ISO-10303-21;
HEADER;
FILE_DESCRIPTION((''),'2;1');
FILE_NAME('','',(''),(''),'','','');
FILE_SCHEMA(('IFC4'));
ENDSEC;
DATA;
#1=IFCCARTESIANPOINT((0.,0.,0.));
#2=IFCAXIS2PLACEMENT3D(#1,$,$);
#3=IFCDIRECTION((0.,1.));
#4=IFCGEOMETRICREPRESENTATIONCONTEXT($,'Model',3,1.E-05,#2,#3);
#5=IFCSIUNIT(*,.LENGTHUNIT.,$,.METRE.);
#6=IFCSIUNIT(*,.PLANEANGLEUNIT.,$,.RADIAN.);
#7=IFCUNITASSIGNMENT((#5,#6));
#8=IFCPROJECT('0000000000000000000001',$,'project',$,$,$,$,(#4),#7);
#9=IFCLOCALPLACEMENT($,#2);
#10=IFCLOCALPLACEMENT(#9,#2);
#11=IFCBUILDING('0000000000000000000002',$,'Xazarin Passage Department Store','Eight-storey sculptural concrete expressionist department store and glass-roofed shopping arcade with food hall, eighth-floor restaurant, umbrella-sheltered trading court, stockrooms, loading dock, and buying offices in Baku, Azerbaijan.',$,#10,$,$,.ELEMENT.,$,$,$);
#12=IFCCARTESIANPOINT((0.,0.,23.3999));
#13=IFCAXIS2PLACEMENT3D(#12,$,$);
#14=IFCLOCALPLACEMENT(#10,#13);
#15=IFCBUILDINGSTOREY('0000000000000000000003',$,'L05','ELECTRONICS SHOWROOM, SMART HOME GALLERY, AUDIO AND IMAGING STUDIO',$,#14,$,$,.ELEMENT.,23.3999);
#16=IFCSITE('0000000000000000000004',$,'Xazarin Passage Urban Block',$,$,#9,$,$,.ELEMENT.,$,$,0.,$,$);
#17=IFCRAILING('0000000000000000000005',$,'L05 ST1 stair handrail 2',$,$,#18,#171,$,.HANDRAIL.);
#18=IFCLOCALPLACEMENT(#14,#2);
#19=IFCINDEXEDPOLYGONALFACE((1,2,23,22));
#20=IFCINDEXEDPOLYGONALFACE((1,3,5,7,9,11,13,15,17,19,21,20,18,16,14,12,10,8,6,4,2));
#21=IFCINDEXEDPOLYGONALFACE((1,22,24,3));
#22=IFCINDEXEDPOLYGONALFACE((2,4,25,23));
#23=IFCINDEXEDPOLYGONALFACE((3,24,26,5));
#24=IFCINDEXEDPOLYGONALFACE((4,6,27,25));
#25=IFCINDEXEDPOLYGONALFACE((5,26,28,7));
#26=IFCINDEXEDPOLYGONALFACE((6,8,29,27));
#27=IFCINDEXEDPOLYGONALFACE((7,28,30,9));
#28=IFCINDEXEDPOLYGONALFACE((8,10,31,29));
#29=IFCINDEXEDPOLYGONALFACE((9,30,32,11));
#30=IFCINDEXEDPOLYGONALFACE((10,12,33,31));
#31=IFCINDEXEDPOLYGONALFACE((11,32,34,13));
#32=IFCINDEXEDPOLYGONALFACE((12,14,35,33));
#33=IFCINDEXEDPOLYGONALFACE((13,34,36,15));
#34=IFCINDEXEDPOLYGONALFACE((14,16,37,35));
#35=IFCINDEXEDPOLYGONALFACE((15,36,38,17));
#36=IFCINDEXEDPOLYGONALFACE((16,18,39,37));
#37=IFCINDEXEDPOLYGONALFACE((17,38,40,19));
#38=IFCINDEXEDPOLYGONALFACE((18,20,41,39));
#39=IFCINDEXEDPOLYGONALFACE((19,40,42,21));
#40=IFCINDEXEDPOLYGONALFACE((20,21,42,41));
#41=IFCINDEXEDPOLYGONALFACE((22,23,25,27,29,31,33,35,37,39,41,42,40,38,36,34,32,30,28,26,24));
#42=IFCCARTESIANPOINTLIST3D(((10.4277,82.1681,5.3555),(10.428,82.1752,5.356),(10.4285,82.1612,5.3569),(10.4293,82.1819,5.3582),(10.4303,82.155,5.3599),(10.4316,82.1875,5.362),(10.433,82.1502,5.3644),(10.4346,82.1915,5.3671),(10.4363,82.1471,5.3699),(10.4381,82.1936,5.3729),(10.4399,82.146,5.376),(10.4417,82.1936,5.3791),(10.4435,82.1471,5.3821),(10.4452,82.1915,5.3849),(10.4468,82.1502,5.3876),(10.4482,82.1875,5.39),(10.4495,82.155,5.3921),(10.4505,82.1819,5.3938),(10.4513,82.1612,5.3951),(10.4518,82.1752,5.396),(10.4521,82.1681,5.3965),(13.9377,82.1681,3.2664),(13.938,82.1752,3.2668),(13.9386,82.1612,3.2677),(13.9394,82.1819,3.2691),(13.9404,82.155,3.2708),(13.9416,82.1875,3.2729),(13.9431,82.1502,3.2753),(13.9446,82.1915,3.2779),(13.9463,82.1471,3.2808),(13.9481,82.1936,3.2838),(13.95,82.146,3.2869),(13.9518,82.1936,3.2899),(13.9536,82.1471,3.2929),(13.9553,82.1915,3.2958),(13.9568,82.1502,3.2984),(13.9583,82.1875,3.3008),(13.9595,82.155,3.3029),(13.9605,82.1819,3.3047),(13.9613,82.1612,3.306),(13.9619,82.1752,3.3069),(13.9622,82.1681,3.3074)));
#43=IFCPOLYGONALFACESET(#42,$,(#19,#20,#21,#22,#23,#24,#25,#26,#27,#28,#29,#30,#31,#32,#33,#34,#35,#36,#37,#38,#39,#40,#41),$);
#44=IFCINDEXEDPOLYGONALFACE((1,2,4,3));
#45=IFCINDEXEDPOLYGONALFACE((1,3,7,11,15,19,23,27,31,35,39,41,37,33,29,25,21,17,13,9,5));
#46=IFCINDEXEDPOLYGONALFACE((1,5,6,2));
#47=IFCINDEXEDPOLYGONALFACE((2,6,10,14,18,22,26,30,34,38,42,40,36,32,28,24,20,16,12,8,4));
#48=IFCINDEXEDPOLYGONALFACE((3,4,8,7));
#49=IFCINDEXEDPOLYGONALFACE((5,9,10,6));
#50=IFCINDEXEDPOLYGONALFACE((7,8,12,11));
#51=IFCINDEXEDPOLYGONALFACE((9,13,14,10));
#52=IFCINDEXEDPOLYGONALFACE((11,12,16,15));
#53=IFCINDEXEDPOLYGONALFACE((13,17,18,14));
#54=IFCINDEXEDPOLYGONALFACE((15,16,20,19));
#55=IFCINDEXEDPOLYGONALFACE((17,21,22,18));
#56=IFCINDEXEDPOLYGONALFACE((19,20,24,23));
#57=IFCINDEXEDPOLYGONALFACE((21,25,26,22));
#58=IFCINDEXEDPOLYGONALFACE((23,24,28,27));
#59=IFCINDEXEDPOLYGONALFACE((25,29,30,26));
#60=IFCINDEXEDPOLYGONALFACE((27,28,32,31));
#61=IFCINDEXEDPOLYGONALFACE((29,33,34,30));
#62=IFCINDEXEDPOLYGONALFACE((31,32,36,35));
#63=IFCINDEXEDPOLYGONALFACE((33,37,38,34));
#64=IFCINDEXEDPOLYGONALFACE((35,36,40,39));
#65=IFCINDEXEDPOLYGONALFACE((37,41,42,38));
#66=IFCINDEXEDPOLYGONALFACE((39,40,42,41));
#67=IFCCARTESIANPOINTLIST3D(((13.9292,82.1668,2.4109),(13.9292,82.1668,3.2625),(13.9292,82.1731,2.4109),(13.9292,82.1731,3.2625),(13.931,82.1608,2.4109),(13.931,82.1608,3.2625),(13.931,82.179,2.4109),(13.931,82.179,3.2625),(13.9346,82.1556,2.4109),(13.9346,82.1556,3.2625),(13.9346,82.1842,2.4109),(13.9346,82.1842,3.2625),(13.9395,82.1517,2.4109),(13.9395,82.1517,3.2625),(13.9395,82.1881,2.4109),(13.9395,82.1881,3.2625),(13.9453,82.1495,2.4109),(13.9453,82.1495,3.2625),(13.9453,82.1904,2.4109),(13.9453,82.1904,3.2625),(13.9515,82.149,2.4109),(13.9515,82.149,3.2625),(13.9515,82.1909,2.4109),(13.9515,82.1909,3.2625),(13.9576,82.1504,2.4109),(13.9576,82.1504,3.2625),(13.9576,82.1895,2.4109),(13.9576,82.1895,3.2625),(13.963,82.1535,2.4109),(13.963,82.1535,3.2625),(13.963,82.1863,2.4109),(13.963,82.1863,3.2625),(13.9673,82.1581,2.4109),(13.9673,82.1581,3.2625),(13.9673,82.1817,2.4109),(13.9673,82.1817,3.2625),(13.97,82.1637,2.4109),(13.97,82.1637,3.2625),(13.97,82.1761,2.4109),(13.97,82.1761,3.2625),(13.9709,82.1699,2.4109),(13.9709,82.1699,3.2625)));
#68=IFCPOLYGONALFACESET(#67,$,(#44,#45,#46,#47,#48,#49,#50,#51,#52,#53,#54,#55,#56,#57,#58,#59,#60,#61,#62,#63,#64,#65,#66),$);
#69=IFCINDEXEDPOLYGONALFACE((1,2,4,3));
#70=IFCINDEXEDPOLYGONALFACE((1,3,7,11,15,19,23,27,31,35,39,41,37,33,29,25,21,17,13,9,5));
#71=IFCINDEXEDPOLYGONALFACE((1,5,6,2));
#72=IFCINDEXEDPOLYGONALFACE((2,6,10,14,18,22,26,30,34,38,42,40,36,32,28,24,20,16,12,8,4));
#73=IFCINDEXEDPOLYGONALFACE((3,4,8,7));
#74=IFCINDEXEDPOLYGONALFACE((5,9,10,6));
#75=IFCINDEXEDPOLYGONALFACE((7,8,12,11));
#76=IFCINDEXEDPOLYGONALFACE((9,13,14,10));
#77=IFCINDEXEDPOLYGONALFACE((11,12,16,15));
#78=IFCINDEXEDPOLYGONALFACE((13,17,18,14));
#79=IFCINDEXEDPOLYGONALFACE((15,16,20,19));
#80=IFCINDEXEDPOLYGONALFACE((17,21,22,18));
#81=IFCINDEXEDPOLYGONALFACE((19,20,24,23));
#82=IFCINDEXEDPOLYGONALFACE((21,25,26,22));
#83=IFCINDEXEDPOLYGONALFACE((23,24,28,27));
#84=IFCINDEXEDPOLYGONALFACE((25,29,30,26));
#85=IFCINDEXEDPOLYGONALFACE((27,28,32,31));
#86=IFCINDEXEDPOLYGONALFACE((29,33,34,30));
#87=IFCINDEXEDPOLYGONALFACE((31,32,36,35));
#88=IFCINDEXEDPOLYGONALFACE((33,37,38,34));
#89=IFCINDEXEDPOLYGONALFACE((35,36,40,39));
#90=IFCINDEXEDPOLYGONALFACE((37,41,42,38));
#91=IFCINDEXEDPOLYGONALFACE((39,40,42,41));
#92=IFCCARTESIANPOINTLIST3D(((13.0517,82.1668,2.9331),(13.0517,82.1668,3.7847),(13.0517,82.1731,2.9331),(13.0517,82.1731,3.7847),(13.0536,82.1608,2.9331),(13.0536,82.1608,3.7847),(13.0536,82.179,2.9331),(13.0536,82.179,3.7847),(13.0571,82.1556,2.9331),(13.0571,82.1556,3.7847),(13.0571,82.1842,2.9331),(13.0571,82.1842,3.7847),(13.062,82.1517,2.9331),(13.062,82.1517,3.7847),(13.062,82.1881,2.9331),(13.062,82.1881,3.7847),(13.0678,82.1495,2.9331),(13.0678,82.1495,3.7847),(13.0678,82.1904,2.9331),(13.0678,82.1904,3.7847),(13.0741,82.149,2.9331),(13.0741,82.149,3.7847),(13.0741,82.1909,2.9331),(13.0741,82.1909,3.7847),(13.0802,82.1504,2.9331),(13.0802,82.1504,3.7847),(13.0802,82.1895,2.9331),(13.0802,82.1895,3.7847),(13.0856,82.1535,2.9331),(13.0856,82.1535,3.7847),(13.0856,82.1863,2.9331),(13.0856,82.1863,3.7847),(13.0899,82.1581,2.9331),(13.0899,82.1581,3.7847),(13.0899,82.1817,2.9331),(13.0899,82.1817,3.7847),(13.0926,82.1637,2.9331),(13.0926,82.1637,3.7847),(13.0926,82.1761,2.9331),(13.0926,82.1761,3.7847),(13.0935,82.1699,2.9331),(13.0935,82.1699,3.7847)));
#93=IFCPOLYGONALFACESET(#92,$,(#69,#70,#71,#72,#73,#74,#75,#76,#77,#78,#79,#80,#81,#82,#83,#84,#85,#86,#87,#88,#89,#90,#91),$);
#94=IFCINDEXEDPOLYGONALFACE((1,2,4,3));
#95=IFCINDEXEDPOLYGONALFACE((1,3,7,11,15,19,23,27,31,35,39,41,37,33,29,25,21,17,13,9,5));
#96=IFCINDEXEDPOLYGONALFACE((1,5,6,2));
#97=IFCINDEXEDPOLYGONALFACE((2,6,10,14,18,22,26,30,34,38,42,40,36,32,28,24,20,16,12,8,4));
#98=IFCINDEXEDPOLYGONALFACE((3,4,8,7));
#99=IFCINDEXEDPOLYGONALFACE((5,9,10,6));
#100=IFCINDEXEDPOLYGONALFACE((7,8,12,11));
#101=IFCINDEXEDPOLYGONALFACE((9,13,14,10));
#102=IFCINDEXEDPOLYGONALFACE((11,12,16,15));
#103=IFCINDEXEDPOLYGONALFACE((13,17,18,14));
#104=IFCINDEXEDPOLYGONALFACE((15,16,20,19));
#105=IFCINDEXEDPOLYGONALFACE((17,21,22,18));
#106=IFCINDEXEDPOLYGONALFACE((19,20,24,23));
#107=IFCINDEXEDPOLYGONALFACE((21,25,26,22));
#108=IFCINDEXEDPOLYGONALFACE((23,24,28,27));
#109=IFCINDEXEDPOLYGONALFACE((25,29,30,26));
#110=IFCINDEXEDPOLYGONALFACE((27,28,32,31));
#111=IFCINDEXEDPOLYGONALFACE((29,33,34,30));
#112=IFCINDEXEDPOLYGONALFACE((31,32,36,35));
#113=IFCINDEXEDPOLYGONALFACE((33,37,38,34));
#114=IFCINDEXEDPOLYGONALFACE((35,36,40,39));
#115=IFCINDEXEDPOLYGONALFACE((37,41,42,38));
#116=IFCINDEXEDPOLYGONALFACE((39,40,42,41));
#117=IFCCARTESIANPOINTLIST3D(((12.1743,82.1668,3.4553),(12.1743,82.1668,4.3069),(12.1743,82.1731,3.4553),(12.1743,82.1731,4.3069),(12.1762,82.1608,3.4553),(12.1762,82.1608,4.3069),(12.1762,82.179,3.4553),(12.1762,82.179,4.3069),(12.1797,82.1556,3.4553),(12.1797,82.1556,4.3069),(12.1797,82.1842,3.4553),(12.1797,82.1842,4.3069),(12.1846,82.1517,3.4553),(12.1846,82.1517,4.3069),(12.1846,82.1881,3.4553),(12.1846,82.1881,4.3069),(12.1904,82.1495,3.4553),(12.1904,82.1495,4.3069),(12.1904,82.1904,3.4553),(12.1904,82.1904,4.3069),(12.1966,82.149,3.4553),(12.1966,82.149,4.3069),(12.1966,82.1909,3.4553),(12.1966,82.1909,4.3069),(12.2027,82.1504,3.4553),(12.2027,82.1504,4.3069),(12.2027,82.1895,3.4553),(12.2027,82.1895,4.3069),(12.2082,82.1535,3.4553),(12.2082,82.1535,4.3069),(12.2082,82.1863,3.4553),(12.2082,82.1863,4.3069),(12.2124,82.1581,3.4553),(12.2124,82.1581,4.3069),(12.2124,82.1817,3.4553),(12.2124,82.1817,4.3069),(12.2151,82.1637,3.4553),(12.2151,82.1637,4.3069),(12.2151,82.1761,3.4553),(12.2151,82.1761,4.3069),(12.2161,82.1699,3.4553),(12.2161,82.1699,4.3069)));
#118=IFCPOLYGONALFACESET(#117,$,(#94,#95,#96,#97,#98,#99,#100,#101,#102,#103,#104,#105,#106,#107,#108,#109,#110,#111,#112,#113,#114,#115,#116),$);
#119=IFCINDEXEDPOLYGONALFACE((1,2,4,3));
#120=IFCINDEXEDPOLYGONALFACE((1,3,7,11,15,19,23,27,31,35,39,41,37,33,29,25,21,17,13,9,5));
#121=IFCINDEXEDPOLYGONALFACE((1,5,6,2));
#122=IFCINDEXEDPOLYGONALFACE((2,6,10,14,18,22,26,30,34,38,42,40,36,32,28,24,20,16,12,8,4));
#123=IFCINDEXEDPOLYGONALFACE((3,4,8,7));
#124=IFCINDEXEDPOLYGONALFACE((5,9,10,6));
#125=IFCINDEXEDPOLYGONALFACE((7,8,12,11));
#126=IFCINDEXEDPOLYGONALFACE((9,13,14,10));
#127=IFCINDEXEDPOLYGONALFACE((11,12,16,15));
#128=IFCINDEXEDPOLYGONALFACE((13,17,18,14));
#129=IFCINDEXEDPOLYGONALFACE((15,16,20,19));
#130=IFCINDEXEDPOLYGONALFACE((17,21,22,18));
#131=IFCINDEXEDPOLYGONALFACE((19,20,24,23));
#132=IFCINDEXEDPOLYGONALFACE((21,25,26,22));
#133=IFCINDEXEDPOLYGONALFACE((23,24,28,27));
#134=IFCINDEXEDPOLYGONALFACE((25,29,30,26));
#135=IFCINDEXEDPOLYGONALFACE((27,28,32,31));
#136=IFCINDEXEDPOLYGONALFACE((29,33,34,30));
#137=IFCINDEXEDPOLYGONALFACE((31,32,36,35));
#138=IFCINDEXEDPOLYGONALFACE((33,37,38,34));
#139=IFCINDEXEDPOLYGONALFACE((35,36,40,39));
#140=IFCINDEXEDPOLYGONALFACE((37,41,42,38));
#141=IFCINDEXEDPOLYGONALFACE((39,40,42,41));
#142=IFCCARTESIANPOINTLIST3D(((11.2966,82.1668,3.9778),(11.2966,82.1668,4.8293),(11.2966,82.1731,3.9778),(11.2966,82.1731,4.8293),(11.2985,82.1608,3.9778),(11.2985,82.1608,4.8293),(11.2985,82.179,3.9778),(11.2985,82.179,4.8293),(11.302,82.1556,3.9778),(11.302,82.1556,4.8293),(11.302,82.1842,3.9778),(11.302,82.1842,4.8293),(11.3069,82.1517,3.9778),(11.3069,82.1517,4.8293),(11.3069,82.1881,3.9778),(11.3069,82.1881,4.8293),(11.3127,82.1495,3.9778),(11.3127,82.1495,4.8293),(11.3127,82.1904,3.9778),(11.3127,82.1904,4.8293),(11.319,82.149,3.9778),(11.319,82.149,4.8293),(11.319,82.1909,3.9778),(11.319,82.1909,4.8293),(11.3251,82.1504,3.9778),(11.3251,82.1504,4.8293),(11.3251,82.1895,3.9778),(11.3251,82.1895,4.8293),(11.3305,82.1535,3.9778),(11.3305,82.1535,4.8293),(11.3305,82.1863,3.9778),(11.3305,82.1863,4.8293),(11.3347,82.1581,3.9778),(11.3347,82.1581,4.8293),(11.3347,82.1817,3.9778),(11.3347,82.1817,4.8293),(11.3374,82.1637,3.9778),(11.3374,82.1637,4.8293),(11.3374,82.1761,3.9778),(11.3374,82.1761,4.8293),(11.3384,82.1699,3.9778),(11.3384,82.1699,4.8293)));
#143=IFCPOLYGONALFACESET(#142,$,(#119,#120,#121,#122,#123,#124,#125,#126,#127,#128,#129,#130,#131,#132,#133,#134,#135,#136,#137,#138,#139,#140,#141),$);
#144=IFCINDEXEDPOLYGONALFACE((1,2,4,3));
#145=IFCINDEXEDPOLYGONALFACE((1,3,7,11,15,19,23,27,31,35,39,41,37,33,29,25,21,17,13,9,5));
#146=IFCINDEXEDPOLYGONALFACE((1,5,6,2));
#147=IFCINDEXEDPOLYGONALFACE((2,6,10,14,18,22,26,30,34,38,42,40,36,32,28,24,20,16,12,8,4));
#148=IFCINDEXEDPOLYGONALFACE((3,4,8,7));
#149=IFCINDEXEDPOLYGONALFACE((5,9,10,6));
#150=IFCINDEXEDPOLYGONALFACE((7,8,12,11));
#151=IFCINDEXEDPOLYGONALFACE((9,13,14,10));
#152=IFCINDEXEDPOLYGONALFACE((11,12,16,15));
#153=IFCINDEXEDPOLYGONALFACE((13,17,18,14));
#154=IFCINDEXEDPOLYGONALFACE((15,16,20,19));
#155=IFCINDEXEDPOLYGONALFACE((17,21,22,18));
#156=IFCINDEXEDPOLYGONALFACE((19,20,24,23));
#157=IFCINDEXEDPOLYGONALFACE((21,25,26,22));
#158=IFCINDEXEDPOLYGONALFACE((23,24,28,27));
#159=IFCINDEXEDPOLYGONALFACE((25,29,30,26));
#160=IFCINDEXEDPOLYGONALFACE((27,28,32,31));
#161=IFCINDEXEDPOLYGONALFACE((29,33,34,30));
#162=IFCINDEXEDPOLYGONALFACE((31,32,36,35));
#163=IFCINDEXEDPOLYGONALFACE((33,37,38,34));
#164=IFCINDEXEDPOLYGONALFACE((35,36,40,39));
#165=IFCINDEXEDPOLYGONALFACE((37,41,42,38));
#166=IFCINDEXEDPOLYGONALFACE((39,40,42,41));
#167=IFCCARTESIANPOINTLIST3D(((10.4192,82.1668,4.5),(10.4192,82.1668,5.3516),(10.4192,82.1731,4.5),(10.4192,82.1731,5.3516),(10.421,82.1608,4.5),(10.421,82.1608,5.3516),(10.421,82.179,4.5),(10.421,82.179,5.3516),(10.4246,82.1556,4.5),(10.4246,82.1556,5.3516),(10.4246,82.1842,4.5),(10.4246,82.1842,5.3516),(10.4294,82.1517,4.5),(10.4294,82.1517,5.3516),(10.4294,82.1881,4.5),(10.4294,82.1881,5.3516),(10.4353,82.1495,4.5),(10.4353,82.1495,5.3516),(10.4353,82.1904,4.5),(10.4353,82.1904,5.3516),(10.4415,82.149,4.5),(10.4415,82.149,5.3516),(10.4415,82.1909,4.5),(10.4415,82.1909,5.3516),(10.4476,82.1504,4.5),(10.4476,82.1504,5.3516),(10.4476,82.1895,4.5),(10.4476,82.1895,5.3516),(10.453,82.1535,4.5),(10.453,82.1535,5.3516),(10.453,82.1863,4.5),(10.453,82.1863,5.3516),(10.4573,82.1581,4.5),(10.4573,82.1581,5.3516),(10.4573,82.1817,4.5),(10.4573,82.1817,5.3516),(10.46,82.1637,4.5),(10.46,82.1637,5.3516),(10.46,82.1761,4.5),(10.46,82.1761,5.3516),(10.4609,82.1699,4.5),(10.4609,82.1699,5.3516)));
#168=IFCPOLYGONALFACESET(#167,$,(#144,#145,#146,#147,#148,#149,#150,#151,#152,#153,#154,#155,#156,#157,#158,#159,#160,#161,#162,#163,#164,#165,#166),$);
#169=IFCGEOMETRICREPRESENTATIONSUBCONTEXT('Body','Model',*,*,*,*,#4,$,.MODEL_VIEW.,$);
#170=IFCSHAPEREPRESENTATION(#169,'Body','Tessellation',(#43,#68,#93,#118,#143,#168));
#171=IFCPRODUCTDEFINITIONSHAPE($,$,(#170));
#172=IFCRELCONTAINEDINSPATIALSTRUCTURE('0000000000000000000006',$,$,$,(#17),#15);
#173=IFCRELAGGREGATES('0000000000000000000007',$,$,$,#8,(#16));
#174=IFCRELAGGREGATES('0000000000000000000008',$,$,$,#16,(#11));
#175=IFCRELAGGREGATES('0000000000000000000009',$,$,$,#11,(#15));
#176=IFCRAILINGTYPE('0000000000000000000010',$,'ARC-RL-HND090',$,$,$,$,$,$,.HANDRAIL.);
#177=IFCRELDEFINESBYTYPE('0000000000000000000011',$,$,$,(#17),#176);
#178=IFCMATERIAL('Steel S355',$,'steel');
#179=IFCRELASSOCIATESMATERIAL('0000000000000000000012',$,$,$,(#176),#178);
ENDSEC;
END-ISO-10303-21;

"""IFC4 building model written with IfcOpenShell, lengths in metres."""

from ifc_helpers import new_model, si_unit, direction, frame, origin, origin_2d, place, context, subcontext, project, spatial, circle, extrude, material, type_object, element, save


model = new_model("IFC4")

# Units and contexts
model_context = context("Model", 3, precision=1e-05, world=origin(), true_north=direction((0.0, 1.0)))
body_context = subcontext(model_context, "Body", "Model", "MODEL_VIEW")
ifc_project = project(units=[si_unit("LENGTHUNIT", "METRE"), si_unit("PLANEANGLEUNIT", "RADIAN")], contexts=[model_context])

# Site, building, storey
site_placement = place(None, origin())
site = spatial("IfcSite", under=ifc_project, at=site_placement, Name="Xazarin Passage Urban Block", CompositionType="ELEMENT", RefElevation=0.0)
building_placement = place(site_placement, origin())
building = spatial("IfcBuilding", under=site, at=building_placement, Name="Xazarin Passage Department Store", Description="Eight-storey sculptural concrete expressionist department store and glass-roofed shopping arcade with food hall, eighth-floor restaurant, umbrella-sheltered trading court, stockrooms, loading dock, and buying offices in Baku, Azerbaijan.", CompositionType="ELEMENT")
storey_placement = place(building_placement, frame((0.0, 0.0, 23.3999)))
storey = spatial("IfcBuildingStorey", under=building, at=storey_placement, Name="L05", Description="ELECTRONICS SHOWROOM, SMART HOME GALLERY, AUDIO AND IMAGING STUDIO", CompositionType="ELEMENT", Elevation=23.3999)

# Railing
ifc_material_1 = material(Name="Steel S355", Category="steel")
railing_type_1 = type_object("IfcRailingType", Name="ARC-RL-HND090", PredefinedType="HANDRAIL", material=ifc_material_1)
railing_1_placement = place(storey_placement, frame((13.95, 82.1699, 2.4109)))
element("IfcRailing", 1, at=railing_1_placement, inside=storey, type_object=railing_type_1, Name="L05 ST1 stair handrail 2", PredefinedType="HANDRAIL", context=body_context, shape_type="SweptSolid", body=[
    extrude(circle(Radius=0.0239, at=origin_2d()), frame((0.0, 0.0, 0.876), z_axis=(-0.859312, 0.0, 0.511451), x_axis=(0.0, -1.0, 0.0)), (0.0, 0.0, 1.0), 4.0847),
    extrude(circle(Radius=0.021, at=origin_2d()), origin(), (0.0, 0.0, 1.0), 0.8516),
    extrude(circle(Radius=0.021, at=origin_2d()), frame((-0.8774, 0.0, 0.5222)), (0.0, 0.0, 1.0), 0.8516),
    extrude(circle(Radius=0.021, at=origin_2d()), frame((-1.7549, 0.0, 1.0444)), (0.0, 0.0, 1.0), 0.8516),
    extrude(circle(Radius=0.021, at=origin_2d()), frame((-2.6326, 0.0, 1.5669)), (0.0, 0.0, 1.0), 0.8516),
    extrude(circle(Radius=0.021, at=origin_2d()), frame((-3.51, 0.0, 2.0891)), (0.0, 0.0, 1.0), 0.8516),
])

save(model, "model.ifc")
